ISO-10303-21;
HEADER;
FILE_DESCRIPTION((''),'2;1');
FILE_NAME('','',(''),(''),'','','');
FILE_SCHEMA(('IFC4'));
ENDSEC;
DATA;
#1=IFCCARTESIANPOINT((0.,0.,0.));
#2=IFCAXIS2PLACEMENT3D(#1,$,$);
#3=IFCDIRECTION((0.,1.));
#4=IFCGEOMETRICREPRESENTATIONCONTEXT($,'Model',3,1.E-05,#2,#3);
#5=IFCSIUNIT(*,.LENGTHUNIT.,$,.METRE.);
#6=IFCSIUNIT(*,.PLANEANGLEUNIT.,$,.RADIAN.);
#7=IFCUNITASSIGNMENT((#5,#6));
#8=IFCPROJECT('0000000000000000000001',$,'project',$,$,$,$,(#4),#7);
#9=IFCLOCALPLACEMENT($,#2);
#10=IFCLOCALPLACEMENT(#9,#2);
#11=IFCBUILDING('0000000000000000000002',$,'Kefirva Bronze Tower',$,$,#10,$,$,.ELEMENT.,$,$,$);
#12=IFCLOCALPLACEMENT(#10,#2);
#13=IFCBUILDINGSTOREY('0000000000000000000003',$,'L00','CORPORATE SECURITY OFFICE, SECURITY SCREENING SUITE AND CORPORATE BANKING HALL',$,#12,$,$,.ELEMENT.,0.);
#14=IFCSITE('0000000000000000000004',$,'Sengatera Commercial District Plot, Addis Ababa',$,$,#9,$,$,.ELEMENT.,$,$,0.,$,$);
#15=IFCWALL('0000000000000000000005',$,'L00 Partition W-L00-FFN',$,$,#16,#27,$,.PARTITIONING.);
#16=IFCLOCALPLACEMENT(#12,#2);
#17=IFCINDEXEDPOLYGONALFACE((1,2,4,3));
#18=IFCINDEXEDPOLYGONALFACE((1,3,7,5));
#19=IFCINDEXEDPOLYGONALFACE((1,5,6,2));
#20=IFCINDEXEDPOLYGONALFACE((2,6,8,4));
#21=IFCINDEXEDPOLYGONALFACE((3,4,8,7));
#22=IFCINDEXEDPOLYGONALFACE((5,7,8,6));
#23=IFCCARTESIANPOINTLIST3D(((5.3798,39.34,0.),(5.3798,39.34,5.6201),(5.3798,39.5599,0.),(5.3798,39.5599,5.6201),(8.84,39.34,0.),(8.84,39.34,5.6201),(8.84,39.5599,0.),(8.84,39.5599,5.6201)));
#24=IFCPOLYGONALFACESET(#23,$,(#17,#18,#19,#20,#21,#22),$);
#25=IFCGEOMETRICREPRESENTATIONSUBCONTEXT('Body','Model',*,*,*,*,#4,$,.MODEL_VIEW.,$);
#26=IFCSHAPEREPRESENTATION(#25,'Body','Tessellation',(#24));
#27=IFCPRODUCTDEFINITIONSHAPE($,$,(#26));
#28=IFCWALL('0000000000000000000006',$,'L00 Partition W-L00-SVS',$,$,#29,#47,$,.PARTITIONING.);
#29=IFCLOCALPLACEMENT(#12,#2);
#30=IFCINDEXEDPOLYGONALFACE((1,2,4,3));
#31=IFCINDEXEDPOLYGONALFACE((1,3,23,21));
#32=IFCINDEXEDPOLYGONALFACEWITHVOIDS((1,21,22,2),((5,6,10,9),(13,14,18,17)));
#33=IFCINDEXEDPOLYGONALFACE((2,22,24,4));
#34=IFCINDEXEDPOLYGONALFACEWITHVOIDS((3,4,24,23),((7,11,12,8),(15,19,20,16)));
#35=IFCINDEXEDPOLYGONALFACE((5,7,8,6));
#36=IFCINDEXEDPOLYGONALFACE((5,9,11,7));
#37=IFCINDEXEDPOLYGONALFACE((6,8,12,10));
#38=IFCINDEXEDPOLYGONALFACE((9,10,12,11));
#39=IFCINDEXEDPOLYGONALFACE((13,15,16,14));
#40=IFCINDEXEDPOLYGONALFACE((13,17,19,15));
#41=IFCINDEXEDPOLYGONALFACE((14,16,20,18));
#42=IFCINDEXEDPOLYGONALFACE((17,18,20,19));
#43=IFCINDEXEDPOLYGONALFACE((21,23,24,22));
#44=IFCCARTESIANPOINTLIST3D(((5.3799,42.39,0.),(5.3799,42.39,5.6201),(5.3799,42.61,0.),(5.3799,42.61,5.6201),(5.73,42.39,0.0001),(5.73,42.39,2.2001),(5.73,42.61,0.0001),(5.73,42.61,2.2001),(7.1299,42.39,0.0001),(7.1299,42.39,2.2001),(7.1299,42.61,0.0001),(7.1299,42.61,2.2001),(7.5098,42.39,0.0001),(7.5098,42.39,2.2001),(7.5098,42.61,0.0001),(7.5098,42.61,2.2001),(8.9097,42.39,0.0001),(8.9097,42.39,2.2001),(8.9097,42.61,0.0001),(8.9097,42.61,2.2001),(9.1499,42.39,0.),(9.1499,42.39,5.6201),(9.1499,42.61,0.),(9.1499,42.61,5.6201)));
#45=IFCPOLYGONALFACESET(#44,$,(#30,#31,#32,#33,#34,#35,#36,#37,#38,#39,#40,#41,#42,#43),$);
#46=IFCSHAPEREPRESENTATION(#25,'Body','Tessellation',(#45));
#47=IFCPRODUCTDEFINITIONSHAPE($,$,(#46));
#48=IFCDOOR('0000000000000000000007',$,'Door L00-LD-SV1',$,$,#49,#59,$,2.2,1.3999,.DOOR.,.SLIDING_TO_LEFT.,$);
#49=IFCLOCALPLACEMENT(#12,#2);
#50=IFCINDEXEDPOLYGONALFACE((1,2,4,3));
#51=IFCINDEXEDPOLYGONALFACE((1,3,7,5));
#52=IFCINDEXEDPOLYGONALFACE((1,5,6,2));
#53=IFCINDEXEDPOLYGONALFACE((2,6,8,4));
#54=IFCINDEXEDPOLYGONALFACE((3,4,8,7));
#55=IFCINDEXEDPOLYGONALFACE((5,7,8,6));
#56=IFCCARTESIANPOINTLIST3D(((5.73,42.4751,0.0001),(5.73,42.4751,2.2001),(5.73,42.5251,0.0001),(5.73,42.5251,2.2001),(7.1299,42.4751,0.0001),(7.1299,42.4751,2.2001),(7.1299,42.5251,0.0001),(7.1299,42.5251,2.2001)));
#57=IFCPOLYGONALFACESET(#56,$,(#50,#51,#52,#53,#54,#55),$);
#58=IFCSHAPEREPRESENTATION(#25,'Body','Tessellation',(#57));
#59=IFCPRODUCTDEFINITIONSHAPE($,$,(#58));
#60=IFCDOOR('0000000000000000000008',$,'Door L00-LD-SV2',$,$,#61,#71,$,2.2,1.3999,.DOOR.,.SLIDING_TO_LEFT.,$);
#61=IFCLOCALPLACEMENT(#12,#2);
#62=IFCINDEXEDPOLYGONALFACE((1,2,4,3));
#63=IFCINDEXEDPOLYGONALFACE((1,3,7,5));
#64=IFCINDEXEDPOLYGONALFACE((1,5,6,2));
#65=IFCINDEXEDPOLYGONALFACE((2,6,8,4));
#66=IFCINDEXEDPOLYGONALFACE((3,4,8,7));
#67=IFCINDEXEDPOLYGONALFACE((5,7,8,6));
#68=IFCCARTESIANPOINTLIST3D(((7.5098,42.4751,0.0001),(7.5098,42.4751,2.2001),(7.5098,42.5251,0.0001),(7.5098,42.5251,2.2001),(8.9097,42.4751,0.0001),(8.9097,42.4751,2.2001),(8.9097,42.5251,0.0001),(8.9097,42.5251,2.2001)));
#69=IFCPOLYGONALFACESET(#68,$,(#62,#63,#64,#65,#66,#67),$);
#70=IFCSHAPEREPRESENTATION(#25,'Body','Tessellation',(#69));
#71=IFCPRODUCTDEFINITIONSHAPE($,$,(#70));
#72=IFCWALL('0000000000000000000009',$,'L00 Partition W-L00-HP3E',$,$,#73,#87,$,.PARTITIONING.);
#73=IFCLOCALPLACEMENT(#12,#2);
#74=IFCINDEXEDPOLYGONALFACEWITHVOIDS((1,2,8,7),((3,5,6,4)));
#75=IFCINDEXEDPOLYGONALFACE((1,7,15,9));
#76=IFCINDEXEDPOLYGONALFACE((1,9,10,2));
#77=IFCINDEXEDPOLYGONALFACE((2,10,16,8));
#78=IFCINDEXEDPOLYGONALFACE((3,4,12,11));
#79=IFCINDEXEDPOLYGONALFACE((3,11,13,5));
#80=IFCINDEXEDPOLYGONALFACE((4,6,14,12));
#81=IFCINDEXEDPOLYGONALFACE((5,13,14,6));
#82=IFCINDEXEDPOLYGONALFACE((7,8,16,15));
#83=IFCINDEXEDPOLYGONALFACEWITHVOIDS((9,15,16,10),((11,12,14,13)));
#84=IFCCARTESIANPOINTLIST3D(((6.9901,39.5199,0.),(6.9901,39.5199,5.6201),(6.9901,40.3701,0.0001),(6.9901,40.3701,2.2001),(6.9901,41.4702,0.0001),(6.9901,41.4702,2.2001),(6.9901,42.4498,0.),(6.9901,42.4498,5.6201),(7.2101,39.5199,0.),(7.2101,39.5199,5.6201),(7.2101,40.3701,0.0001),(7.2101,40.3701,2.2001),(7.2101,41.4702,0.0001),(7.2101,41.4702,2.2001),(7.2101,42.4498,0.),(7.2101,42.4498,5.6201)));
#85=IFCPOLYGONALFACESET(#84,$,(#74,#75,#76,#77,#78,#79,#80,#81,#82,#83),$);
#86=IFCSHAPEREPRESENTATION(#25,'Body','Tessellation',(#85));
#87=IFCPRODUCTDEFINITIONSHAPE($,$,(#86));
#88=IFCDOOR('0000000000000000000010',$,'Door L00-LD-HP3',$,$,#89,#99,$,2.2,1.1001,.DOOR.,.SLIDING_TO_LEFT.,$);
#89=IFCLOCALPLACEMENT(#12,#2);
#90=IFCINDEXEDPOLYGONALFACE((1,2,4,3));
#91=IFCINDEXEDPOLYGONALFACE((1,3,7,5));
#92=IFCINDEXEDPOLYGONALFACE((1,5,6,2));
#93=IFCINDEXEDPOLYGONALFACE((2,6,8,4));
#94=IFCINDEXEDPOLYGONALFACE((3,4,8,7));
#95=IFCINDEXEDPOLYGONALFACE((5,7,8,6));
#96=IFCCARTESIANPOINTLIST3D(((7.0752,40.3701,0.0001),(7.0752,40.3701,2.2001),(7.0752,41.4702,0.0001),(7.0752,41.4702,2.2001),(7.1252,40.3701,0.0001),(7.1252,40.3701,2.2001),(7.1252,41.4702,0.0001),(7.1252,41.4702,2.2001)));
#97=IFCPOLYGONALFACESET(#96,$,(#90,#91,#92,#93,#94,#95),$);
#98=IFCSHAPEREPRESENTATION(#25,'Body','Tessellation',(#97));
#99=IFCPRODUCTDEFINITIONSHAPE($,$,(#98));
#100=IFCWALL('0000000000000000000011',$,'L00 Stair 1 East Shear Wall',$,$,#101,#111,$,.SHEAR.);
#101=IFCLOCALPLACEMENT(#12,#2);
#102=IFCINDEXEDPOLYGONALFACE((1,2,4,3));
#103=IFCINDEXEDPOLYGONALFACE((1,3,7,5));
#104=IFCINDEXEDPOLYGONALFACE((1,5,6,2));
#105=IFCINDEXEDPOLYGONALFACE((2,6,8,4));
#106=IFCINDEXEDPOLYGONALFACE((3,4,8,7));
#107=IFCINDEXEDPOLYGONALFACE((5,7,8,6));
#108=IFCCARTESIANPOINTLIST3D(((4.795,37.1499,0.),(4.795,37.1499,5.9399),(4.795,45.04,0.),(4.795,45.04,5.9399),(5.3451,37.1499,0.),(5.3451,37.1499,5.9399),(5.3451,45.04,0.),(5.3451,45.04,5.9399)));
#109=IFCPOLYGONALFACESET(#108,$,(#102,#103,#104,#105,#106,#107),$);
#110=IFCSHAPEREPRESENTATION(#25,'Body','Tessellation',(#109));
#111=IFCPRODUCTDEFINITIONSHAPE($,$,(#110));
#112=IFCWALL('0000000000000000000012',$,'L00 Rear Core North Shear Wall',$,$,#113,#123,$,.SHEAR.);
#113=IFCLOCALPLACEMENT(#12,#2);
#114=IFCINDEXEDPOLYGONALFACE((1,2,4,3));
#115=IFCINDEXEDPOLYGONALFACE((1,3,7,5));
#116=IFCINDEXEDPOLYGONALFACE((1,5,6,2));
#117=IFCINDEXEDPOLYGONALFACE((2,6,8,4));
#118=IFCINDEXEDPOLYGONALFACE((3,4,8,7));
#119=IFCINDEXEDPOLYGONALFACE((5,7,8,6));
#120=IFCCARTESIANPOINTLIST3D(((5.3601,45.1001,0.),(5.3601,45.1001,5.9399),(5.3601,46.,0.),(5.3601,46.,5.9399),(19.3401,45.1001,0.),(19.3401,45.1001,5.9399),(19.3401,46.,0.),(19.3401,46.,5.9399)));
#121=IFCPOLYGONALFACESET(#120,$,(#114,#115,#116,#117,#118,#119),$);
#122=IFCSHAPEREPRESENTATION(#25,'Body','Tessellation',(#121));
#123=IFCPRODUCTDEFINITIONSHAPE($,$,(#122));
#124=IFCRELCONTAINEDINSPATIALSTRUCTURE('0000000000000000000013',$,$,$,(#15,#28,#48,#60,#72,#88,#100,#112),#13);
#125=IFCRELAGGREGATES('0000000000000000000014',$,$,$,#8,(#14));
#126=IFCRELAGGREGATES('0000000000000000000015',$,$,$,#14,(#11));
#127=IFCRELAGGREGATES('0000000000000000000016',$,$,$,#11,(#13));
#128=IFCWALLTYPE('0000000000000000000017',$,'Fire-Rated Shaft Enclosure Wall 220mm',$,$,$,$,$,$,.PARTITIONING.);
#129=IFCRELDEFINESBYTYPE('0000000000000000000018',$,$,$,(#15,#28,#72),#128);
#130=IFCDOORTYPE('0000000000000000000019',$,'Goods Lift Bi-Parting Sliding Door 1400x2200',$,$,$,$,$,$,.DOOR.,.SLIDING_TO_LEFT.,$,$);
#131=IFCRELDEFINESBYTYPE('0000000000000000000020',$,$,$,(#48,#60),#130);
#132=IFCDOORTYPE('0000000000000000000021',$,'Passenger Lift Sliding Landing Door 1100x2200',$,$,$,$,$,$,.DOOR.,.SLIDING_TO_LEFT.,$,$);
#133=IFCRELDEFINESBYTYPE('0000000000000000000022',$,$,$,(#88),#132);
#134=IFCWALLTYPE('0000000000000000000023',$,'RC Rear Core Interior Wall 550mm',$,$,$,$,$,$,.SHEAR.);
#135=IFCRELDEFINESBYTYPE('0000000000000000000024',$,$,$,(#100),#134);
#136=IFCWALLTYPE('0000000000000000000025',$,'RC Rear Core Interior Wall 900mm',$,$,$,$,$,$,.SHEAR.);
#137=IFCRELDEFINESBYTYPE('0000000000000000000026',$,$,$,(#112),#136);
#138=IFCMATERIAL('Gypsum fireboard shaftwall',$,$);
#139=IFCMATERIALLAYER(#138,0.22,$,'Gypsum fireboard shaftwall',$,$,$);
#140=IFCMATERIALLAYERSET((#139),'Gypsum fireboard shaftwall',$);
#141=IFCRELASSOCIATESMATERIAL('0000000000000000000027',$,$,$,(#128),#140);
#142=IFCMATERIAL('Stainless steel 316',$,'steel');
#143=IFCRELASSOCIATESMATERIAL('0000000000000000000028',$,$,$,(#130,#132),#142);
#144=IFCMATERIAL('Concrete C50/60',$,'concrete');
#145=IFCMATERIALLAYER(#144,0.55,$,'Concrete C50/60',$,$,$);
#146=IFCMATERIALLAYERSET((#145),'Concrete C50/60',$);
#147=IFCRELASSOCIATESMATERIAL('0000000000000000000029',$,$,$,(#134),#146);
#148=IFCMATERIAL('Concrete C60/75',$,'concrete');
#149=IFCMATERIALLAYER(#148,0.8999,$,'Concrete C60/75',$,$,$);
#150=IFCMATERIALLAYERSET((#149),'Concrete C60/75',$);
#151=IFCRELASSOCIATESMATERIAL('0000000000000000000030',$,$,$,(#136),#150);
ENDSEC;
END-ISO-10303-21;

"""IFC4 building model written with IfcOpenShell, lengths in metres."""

from ifc_helpers import new_model, si_unit, direction, frame, frame_2d, origin, place, context, subcontext, project, spatial, rectangle, extrude, material, layer, layer_set, type_object, element, fill, save


model = new_model("IFC4")

# Units and contexts
model_context = context("Model", 3, precision=1e-05, world=origin(), true_north=direction((0.0, 1.0)))
body_context = subcontext(model_context, "Body", "Model", "MODEL_VIEW")
ifc_project = project(units=[si_unit("LENGTHUNIT", "METRE"), si_unit("PLANEANGLEUNIT", "RADIAN")], contexts=[model_context])

# Site, building, storey
site_placement = place(None, origin())
site = spatial("IfcSite", under=ifc_project, at=site_placement, Name="Sengatera Commercial District Plot, Addis Ababa", CompositionType="ELEMENT", RefElevation=0.0)
building_placement = place(site_placement, origin())
building = spatial("IfcBuilding", under=site, at=building_placement, Name="Kefirva Bronze Tower", CompositionType="ELEMENT")
storey_placement = place(building_placement, origin())
storey = spatial("IfcBuildingStorey", under=building, at=storey_placement, Name="L00", Description="CORPORATE SECURITY OFFICE, SECURITY SCREENING SUITE AND CORPORATE BANKING HALL", CompositionType="ELEMENT", Elevation=0.0)

# Shared definitions
ifc_material_1 = material(Name="Gypsum fireboard shaftwall")
ifc_layer_1 = layer(ifc_material_1, 0.22, Name="Gypsum fireboard shaftwall")
ifc_layer_set_1 = layer_set([ifc_layer_1], Name="Gypsum fireboard shaftwall")
wall_type_1 = type_object("IfcWallType", Name="Fire-Rated Shaft Enclosure Wall 220mm", PredefinedType="PARTITIONING", material=ifc_layer_set_1)

# Wall
wall_1_placement = place(storey_placement, frame((5.3799, 39.45, 0.0), z_axis=(0.0, 0.0, 1.0), x_axis=(1.0, 0.0, 0.0)))
element("IfcWall", 1, at=wall_1_placement, inside=storey, type_object=wall_type_1, Name="L00 Partition W-L00-FFN", PredefinedType="PARTITIONING", context=body_context, shape_type="SweptSolid", body=[
    extrude(rectangle(XDim=3.4602, YDim=0.22, at=frame_2d((1.73, 0.0))), origin(), (0.0, 0.0, 1.0), 5.6201),
])

# Wall, openings, doors
wall_2_placement = place(storey_placement, frame((5.3799, 42.5, 0.0), z_axis=(0.0, 0.0, 1.0), x_axis=(1.0, 0.0, 0.0)))
wall_2 = element("IfcWall", 2, at=wall_2_placement, inside=storey, type_object=wall_type_1, Name="L00 Partition W-L00-SVS", PredefinedType="PARTITIONING", context=body_context, shape_type="SweptSolid", body=[
    extrude(rectangle(XDim=3.77, YDim=0.22, at=frame_2d((1.885, 0.0))), origin(), (0.0, 0.0, 1.0), 5.6201),
])
opening_1_placement = place(wall_2_placement, frame((1.75, 0.0, 0.0), z_axis=(0.0, 0.0, 1.0), x_axis=(-1.0, 0.0, 0.0)))
opening_1 = element("IfcOpeningElement", 3, at=opening_1_placement, cuts=wall_2, PredefinedType="OPENING", context=body_context, shape_type="SweptSolid", body=[
    extrude(rectangle(XDim=1.3999, YDim=2.2, at=frame_2d((0.7, 1.1001))), frame((0.0, 0.1201, 0.0), z_axis=(0.0, -1.0, 0.0), x_axis=(1.0, 0.0, 0.0)), (0.0, 0.0, 1.0), 0.24),
])
opening_2_placement = place(wall_2_placement, frame((3.5298, 0.0, 0.0), z_axis=(0.0, 0.0, 1.0), x_axis=(-1.0, 0.0, 0.0)))
opening_2 = element("IfcOpeningElement", 4, at=opening_2_placement, cuts=wall_2, PredefinedType="OPENING", context=body_context, shape_type="SweptSolid", body=[
    extrude(rectangle(XDim=1.3999, YDim=2.2, at=frame_2d((0.7, 1.1001))), frame((0.0, 0.1201, 0.0), z_axis=(0.0, -1.0, 0.0), x_axis=(1.0, 0.0, 0.0)), (0.0, 0.0, 1.0), 0.24),
])
ifc_material_2 = material(Name="Stainless steel 316", Category="steel")
door_type_1 = type_object("IfcDoorType", Name="Goods Lift Bi-Parting Sliding Door 1400x2200", OperationType="SLIDING_TO_LEFT", PredefinedType="DOOR", material=ifc_material_2)
door_1_placement = place(opening_1_placement, origin())
door_1 = element("IfcDoor", 5, at=door_1_placement, inside=storey, type_object=door_type_1, Name="Door L00-LD-SV1", OperationType="SLIDING_TO_LEFT", OverallHeight=2.2, OverallWidth=1.3999, PredefinedType="DOOR", context=body_context, shape_type="SweptSolid", body=[
    extrude(rectangle(XDim=1.3999, YDim=2.2, at=frame_2d((0.7, 1.1001))), frame((0.0, 0.0249, 0.0), z_axis=(0.0, -1.0, 0.0), x_axis=(1.0, 0.0, 0.0)), (0.0, 0.0, 1.0), 0.05),
])
fill(opening_1, door_1)
door_2_placement = place(opening_2_placement, origin())
door_2 = element("IfcDoor", 6, at=door_2_placement, inside=storey, type_object=door_type_1, Name="Door L00-LD-SV2", OperationType="SLIDING_TO_LEFT", OverallHeight=2.2, OverallWidth=1.3999, PredefinedType="DOOR", context=body_context, shape_type="SweptSolid", body=[
    extrude(rectangle(XDim=1.3999, YDim=2.2, at=frame_2d((0.7, 1.1001))), frame((0.0, 0.0249, 0.0), z_axis=(0.0, -1.0, 0.0), x_axis=(1.0, 0.0, 0.0)), (0.0, 0.0, 1.0), 0.05),
])
fill(opening_2, door_2)

# Wall, opening, door
wall_3_placement = place(storey_placement, frame((7.1001, 39.52, 0.0), z_axis=(0.0, 0.0, 1.0), x_axis=(0.0, 1.0, 0.0)))
wall_3 = element("IfcWall", 7, at=wall_3_placement, inside=storey, type_object=wall_type_1, Name="L00 Partition W-L00-HP3E", PredefinedType="PARTITIONING", context=body_context, shape_type="SweptSolid", body=[
    extrude(rectangle(XDim=2.9299, YDim=0.22, at=frame_2d((1.4648, 0.0))), origin(), (0.0, 0.0, 1.0), 5.6201),
])
opening_3_placement = place(wall_3_placement, frame((0.8501, 0.0, 0.0)))
opening_3 = element("IfcOpeningElement", 8, at=opening_3_placement, cuts=wall_3, PredefinedType="OPENING", context=body_context, shape_type="SweptSolid", body=[
    extrude(rectangle(XDim=1.1001, YDim=2.2, at=frame_2d((0.55, 1.1001))), frame((0.0, 0.1201, 0.0), z_axis=(0.0, -1.0, 0.0), x_axis=(1.0, 0.0, 0.0)), (0.0, 0.0, 1.0), 0.24),
])
door_type_2 = type_object("IfcDoorType", Name="Passenger Lift Sliding Landing Door 1100x2200", OperationType="SLIDING_TO_LEFT", PredefinedType="DOOR", material=ifc_material_2)
door_3_placement = place(opening_3_placement, origin())
door_3 = element("IfcDoor", 9, at=door_3_placement, inside=storey, type_object=door_type_2, Name="Door L00-LD-HP3", OperationType="SLIDING_TO_LEFT", OverallHeight=2.2, OverallWidth=1.1001, PredefinedType="DOOR", context=body_context, shape_type="SweptSolid", body=[
    extrude(rectangle(XDim=1.1001, YDim=2.2, at=frame_2d((0.55, 1.1001))), frame((0.0, 0.0249, 0.0), z_axis=(0.0, -1.0, 0.0), x_axis=(1.0, 0.0, 0.0)), (0.0, 0.0, 1.0), 0.05),
])
fill(opening_3, door_3)

# Walls
ifc_material_3 = material(Name="Concrete C50/60", Category="concrete")
ifc_layer_2 = layer(ifc_material_3, 0.55, Name="Concrete C50/60")
ifc_layer_set_2 = layer_set([ifc_layer_2], Name="Concrete C50/60")
wall_type_2 = type_object("IfcWallType", Name="RC Rear Core Interior Wall 550mm", PredefinedType="SHEAR", material=ifc_layer_set_2)
wall_4_placement = place(storey_placement, frame((5.0701, 37.1499, 0.0), z_axis=(0.0, 0.0, 1.0), x_axis=(0.0, 1.0, 0.0)))
element("IfcWall", 10, at=wall_4_placement, inside=storey, type_object=wall_type_2, Name="L00 Stair 1 East Shear Wall", PredefinedType="SHEAR", context=body_context, shape_type="SweptSolid", body=[
    extrude(rectangle(XDim=7.8901, YDim=0.55, at=frame_2d((3.9451, 0.0))), origin(), (0.0, 0.0, 1.0), 5.9399),
])
ifc_material_4 = material(Name="Concrete C60/75", Category="concrete")
ifc_layer_3 = layer(ifc_material_4, 0.8999, Name="Concrete C60/75")
ifc_layer_set_3 = layer_set([ifc_layer_3], Name="Concrete C60/75")
wall_type_3 = type_object("IfcWallType", Name="RC Rear Core Interior Wall 900mm", PredefinedType="SHEAR", material=ifc_layer_set_3)
wall_5_placement = place(storey_placement, frame((5.3601, 45.55, 0.0), z_axis=(0.0, 0.0, 1.0), x_axis=(1.0, 0.0, 0.0)))
element("IfcWall", 11, at=wall_5_placement, inside=storey, type_object=wall_type_3, Name="L00 Rear Core North Shear Wall", PredefinedType="SHEAR", context=body_context, shape_type="SweptSolid", body=[
    extrude(rectangle(XDim=13.98, YDim=0.8999, at=frame_2d((6.99, 0.0))), origin(), (0.0, 0.0, 1.0), 5.9399),
])

save(model, "model.ifc")
